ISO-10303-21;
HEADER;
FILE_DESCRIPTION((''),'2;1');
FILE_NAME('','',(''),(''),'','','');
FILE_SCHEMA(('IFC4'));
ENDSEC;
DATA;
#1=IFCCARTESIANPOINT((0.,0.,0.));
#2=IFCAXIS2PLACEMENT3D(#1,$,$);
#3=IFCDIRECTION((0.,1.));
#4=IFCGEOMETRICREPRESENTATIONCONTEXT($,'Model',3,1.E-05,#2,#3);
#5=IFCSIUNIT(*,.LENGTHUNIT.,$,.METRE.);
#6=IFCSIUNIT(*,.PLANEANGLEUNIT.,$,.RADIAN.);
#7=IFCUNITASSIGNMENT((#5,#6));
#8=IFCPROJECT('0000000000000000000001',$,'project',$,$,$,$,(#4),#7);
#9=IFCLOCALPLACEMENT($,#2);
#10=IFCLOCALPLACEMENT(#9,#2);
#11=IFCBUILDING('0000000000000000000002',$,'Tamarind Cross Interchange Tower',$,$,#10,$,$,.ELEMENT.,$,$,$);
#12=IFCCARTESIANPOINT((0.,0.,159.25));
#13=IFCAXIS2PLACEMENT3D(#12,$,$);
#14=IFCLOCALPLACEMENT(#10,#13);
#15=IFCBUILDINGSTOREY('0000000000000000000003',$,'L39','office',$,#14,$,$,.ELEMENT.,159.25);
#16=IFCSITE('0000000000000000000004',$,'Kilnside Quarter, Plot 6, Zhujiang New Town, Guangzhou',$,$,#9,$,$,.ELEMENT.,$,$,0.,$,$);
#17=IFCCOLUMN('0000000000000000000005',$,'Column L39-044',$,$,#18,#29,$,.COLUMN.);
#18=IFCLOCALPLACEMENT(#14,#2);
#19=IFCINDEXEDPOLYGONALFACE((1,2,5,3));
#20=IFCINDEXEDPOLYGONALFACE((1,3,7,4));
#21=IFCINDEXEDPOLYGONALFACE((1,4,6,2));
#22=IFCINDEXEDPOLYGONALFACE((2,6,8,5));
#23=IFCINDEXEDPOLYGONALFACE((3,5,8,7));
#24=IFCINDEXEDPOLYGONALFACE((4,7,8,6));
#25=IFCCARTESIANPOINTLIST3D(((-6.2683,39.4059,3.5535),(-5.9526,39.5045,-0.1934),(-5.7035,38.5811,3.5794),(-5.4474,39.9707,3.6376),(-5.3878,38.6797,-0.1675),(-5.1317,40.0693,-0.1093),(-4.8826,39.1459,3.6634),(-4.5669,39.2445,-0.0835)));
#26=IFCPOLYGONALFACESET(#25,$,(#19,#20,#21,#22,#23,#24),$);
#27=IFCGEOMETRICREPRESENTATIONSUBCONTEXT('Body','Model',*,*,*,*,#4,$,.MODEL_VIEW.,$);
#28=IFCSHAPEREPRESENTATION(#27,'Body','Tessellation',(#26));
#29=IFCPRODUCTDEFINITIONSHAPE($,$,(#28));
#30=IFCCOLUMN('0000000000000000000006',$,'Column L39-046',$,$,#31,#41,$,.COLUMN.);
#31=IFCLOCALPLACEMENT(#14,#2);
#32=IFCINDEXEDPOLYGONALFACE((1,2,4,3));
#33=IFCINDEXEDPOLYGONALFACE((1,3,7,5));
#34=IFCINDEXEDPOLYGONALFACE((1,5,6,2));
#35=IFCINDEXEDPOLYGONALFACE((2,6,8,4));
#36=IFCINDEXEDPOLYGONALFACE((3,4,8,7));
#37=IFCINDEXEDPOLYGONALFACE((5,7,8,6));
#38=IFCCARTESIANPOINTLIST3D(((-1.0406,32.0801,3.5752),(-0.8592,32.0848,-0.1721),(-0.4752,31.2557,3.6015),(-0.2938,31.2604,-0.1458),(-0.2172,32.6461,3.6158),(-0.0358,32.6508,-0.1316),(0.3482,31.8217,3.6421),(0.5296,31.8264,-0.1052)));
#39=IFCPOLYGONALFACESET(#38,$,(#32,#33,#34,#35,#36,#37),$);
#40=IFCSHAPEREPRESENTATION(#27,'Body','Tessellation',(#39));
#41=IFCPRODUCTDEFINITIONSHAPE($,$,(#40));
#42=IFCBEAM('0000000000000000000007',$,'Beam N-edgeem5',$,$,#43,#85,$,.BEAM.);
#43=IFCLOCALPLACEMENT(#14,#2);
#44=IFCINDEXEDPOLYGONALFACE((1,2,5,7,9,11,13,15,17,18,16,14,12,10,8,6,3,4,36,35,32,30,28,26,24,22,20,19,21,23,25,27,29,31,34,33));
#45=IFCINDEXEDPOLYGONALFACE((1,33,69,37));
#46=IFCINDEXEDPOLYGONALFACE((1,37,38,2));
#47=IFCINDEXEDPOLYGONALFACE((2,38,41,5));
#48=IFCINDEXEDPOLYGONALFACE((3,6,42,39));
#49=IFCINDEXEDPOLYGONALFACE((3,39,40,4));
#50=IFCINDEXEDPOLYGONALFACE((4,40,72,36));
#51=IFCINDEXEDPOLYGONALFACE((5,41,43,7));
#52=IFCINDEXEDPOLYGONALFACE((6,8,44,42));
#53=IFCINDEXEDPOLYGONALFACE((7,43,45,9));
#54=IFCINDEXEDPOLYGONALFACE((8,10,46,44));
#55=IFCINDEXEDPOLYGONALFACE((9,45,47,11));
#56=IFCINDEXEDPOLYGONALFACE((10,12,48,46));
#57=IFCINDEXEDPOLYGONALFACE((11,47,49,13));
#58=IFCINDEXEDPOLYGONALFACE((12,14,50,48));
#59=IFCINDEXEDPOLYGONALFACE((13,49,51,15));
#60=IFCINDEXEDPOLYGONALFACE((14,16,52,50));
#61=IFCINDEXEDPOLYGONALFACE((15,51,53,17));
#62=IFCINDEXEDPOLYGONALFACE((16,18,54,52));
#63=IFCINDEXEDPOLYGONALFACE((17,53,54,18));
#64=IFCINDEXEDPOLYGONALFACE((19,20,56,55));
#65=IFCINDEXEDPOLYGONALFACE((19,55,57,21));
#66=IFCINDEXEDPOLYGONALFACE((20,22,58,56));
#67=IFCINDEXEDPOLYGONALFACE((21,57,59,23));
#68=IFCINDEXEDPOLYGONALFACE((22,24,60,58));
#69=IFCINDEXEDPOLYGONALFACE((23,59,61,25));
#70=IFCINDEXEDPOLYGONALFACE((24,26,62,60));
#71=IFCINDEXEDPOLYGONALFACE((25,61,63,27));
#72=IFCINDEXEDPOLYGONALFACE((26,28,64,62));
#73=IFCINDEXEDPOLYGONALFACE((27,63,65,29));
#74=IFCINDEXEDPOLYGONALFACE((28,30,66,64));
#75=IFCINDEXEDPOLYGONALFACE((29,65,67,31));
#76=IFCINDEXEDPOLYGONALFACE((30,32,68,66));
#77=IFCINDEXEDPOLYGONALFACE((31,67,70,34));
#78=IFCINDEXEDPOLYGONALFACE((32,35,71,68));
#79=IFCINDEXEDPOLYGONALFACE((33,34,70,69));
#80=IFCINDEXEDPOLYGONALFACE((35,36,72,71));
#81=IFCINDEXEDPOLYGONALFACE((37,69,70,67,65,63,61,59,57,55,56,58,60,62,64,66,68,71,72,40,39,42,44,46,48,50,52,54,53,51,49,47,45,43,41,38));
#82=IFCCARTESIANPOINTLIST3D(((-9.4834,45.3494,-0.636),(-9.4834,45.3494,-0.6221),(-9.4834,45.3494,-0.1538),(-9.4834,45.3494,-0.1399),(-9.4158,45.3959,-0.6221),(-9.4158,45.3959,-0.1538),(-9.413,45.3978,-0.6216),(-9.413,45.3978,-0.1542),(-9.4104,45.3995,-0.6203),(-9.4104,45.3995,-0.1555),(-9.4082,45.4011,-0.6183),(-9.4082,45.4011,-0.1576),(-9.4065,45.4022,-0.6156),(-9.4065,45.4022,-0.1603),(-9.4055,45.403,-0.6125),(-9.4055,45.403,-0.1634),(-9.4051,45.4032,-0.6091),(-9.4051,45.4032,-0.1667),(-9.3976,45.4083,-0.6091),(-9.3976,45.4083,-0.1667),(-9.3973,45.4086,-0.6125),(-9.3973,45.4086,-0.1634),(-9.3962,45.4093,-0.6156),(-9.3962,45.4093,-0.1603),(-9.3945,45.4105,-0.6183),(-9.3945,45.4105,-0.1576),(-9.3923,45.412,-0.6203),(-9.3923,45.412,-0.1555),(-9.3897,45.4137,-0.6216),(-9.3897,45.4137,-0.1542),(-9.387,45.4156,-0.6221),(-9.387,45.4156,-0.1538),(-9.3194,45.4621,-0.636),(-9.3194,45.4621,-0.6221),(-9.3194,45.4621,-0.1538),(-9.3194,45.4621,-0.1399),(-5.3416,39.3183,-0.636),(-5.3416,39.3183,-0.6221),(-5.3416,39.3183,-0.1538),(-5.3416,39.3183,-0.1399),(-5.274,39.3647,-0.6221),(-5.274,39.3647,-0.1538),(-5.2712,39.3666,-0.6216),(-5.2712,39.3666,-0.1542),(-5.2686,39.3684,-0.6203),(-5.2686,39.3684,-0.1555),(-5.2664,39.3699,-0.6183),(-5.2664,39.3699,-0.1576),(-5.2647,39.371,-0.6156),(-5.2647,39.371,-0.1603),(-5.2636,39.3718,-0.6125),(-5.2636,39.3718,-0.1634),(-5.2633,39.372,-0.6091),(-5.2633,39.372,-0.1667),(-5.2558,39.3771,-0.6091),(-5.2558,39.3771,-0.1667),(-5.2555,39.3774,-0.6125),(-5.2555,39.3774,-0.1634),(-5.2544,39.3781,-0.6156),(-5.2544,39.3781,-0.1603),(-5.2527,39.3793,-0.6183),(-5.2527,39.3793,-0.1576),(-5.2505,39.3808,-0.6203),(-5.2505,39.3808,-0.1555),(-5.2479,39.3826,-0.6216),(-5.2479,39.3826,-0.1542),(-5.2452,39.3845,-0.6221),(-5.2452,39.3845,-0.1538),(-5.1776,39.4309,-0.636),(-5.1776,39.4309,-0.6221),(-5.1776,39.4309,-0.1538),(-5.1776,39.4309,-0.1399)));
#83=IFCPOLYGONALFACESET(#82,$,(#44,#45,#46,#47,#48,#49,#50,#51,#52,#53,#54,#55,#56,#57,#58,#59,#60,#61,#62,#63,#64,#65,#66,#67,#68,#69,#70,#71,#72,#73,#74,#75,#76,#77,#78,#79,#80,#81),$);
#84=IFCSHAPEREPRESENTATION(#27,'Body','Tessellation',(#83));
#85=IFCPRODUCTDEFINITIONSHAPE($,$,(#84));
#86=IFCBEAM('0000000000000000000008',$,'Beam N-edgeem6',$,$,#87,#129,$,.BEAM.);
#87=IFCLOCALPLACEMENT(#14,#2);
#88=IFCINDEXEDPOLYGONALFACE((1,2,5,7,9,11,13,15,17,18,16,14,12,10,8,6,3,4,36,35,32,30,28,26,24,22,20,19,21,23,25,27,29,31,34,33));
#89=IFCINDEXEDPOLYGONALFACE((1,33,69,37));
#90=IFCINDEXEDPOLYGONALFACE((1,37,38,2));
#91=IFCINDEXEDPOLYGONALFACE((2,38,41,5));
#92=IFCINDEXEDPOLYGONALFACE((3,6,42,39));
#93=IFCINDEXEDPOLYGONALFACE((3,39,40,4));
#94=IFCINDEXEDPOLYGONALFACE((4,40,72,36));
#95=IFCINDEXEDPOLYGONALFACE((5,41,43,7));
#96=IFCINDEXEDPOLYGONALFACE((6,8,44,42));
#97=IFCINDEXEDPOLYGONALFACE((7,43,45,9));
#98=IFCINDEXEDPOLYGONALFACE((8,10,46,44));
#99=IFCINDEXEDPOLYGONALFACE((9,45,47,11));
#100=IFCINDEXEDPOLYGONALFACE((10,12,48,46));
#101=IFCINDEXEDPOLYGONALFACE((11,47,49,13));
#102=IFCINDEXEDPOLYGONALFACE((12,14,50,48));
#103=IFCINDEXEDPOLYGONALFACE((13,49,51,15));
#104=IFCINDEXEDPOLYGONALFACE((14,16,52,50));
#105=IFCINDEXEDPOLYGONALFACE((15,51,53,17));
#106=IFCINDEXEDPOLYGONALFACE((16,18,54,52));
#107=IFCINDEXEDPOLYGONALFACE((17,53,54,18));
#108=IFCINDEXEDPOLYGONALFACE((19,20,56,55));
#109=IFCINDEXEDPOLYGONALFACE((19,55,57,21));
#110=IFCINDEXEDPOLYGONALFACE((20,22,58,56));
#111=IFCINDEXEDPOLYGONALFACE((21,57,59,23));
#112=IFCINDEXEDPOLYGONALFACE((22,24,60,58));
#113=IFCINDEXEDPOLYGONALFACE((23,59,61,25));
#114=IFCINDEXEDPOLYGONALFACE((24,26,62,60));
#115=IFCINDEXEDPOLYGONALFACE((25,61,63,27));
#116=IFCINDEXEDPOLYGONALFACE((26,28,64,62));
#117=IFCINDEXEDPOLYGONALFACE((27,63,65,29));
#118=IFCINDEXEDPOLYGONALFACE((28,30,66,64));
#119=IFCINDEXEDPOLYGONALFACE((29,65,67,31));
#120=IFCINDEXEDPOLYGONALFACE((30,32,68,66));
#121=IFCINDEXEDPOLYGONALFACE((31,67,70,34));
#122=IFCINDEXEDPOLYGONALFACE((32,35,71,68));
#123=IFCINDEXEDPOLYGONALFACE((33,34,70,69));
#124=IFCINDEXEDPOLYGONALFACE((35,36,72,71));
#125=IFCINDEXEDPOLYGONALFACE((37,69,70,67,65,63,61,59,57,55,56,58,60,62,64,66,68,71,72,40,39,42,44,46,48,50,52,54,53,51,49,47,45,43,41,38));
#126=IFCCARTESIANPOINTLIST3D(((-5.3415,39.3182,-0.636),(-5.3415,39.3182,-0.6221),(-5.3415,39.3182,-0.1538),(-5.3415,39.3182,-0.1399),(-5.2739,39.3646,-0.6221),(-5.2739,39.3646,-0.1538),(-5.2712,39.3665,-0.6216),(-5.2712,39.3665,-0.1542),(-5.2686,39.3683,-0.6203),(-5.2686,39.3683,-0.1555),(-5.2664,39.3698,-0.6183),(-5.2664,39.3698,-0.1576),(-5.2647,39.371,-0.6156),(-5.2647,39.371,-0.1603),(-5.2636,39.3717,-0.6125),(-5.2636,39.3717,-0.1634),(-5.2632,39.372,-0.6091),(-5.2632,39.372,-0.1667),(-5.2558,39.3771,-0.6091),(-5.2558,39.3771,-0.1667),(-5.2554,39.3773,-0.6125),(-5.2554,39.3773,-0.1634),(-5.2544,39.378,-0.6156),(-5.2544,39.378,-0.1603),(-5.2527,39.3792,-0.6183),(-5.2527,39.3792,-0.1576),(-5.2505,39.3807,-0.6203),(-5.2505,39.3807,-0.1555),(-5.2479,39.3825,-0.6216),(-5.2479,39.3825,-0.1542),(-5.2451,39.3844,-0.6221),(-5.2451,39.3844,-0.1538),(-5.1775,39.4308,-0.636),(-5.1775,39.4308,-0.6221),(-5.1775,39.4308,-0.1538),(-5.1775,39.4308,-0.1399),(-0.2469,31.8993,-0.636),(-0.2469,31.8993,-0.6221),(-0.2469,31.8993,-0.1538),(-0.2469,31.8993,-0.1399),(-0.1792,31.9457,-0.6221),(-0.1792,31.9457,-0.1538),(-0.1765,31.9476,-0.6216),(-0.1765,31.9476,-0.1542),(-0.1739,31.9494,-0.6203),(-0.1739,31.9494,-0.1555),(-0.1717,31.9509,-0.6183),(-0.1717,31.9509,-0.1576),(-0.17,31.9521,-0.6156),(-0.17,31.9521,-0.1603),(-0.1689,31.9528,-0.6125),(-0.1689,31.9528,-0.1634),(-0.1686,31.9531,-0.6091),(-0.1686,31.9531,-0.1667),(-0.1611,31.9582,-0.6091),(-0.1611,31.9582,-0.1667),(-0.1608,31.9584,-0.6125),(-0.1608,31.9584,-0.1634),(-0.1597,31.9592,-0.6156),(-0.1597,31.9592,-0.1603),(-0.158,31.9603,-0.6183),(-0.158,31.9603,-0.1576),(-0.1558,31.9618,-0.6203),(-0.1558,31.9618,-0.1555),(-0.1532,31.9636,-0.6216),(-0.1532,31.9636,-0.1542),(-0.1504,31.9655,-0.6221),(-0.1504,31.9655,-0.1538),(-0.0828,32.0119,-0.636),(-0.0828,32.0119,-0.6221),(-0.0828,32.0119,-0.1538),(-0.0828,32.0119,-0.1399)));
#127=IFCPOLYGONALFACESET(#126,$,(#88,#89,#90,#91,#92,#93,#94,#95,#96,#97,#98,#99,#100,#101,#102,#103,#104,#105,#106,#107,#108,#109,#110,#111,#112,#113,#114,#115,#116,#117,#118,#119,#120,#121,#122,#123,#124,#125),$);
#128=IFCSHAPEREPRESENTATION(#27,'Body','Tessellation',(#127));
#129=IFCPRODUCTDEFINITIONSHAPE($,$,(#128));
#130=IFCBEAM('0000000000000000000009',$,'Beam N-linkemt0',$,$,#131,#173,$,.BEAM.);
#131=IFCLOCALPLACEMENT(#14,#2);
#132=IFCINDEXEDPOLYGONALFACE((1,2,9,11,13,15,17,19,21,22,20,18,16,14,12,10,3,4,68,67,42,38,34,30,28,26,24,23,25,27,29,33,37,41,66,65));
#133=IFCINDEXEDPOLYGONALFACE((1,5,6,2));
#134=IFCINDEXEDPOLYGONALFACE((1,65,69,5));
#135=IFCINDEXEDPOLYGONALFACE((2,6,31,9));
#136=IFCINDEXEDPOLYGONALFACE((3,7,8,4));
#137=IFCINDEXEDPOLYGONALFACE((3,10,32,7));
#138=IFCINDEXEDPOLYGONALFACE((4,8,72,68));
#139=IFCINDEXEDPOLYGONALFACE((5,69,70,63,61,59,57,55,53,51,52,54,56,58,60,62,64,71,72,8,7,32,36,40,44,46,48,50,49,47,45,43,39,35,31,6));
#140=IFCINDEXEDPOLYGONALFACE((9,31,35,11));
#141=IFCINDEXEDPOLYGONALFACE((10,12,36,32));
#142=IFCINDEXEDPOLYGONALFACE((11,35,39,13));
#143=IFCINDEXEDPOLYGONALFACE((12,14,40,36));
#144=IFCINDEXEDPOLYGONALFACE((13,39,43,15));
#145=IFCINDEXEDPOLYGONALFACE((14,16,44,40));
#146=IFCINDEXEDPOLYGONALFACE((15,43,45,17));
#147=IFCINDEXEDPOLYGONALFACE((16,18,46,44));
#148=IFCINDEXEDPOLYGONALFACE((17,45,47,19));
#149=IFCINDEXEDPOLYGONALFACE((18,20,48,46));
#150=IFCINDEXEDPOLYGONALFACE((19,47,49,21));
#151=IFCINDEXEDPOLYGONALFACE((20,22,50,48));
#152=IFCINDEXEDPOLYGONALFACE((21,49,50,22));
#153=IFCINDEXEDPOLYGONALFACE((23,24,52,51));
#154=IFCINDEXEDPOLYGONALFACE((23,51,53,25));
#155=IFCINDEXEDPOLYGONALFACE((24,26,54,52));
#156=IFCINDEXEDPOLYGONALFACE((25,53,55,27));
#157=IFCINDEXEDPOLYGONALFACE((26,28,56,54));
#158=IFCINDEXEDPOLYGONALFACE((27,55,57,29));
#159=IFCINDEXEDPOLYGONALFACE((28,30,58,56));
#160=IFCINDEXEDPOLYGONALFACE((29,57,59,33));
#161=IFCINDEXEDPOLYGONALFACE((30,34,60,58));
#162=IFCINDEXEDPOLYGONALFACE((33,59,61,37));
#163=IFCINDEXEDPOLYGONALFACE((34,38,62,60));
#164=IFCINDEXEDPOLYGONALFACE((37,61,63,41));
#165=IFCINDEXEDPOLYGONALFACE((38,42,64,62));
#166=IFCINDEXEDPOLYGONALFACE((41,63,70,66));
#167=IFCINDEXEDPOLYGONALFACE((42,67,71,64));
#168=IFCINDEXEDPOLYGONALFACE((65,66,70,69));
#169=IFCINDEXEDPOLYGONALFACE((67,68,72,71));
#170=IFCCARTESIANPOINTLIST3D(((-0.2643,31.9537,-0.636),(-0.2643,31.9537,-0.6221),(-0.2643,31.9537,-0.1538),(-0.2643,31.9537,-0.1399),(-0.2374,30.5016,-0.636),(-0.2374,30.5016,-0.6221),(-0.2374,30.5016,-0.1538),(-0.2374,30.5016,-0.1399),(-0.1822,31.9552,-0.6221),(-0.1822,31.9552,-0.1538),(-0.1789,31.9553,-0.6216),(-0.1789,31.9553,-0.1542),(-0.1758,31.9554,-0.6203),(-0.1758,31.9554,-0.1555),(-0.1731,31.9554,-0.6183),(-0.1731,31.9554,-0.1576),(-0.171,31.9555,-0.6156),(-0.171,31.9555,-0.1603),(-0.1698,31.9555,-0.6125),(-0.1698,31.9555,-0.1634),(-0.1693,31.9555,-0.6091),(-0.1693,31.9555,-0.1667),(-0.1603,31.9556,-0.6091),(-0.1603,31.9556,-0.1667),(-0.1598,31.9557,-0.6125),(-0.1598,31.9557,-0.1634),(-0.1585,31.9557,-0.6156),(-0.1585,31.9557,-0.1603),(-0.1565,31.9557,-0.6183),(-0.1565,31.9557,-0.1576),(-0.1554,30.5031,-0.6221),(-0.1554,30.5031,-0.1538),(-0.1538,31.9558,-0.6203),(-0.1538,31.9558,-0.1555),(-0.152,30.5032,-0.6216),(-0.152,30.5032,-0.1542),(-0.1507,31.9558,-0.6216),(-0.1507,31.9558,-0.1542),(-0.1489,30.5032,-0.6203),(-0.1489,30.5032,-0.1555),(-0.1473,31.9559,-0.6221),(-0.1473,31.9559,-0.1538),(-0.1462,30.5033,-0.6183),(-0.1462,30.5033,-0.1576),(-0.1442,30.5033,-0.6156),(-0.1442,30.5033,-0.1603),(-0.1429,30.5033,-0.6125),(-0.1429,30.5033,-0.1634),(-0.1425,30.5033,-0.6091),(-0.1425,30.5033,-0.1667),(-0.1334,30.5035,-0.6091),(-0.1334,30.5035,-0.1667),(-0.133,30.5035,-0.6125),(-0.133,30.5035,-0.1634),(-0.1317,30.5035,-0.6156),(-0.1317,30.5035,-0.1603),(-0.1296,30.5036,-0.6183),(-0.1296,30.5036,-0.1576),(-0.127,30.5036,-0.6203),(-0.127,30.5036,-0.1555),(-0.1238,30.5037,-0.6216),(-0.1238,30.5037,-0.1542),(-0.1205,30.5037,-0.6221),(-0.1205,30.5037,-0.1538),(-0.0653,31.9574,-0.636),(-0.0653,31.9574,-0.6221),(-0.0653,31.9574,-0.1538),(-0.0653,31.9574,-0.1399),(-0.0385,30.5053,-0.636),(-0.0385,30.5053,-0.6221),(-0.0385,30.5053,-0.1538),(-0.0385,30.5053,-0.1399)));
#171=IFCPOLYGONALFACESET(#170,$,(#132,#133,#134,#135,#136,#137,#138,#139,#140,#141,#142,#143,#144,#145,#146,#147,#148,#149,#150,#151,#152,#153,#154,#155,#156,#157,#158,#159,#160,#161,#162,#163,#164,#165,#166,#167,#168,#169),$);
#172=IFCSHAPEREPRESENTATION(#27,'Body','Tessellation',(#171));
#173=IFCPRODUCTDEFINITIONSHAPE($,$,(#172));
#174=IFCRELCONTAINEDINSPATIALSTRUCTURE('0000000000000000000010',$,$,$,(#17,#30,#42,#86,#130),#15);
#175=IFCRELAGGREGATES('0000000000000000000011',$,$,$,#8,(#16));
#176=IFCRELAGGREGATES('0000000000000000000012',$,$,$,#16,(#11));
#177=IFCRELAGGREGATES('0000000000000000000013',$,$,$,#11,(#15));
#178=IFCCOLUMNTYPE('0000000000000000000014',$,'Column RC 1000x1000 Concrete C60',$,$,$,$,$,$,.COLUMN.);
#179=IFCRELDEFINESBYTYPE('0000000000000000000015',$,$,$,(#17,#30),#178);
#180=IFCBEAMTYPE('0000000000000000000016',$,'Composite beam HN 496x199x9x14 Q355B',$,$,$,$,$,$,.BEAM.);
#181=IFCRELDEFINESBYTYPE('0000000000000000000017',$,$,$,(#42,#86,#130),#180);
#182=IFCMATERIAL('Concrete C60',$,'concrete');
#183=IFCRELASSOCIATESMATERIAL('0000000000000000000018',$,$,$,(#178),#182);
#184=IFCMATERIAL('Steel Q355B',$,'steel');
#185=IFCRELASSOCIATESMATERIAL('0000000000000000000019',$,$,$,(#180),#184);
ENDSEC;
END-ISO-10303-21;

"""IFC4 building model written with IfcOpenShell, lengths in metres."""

from ifc_helpers import new_model, si_unit, direction, frame, origin, origin_2d, place, context, subcontext, project, spatial, rectangle, i_section, extrude, material, material_profile, profile_set, type_object, element, save


model = new_model("IFC4")

# Units and contexts
model_context = context("Model", 3, precision=1e-05, world=origin(), true_north=direction((0.0, 1.0)))
body_context = subcontext(model_context, "Body", "Model", "MODEL_VIEW")
ifc_project = project(units=[si_unit("LENGTHUNIT", "METRE"), si_unit("PLANEANGLEUNIT", "RADIAN")], contexts=[model_context])

# Site, building, storey
site_placement = place(None, origin())
site = spatial("IfcSite", under=ifc_project, at=site_placement, Name="Kilnside Quarter, Plot 6, Zhujiang New Town, Guangzhou", CompositionType="ELEMENT", RefElevation=0.0)
building_placement = place(site_placement, origin())
building = spatial("IfcBuilding", under=site, at=building_placement, Name="Tamarind Cross Interchange Tower", CompositionType="ELEMENT")
storey_placement = place(building_placement, frame((0.0, 0.0, 159.25)))
storey = spatial("IfcBuildingStorey", under=building, at=storey_placement, Name="L39", Description="office", CompositionType="ELEMENT", Elevation=159.25)

# Columns
ifc_material_1 = material(Name="Concrete C60", Category="concrete")
ifc_material_profile_1 = material_profile(ifc_material_1, rectangle(XDim=1.0, YDim=1.0, at=origin_2d()), Name="RC 1000x1000")
ifc_profile_set_1 = profile_set([ifc_material_profile_1], Name="Concrete C60")
column_type = type_object("IfcColumnType", Name="Column RC 1000x1000 Concrete C60", PredefinedType="COLUMN", material=ifc_profile_set_1)
column_1_placement = place(storey_placement, frame((-5.2598, 39.3745, -0.1384), z_axis=(-0.083925, -0.026222, 0.996127), x_axis=(0.564823, -0.824806, 0.025874)))
element("IfcColumn", 1, at=column_1_placement, inside=storey, type_object=column_type, Name="Column L39-044", PredefinedType="COLUMN", context=body_context, shape_type="SweptSolid", body=[
    extrude(rectangle(XDim=1.0, YDim=1.0, at=origin_2d()), origin(), (0.0, 0.0, 1.0), 3.7615),
])
column_2_placement = place(storey_placement, frame((-0.1648, 31.9556, -0.1387), z_axis=(-0.04835, -0.001236, 0.99883), x_axis=(0.565379, -0.82441, 0.026348)))
element("IfcColumn", 2, at=column_2_placement, inside=storey, type_object=column_type, Name="Column L39-046", PredefinedType="COLUMN", context=body_context, shape_type="SweptSolid", body=[
    extrude(rectangle(XDim=1.0, YDim=1.0, at=origin_2d()), origin(), (0.0, 0.0, 1.0), 3.7517),
])

# Beams
ifc_material_2 = material(Name="Steel Q355B", Category="steel")
ifc_material_profile_2 = material_profile(ifc_material_2, i_section(OverallWidth=0.199, OverallDepth=0.4961, WebThickness=0.009, FlangeThickness=0.0139, FilletRadius=0.0129, at=origin_2d()), Name="HN 496x199x9x14")
ifc_profile_set_2 = profile_set([ifc_material_profile_2], Name="Steel Q355B")
beam_type_1 = type_object("IfcBeamType", Name="Composite beam HN 496x199x9x14 Q355B", PredefinedType="BEAM", material=ifc_profile_set_2)
beam_1_placement = place(storey_placement, frame((-9.4014, 45.4058, -0.3879), z_axis=(0.566098, -0.824338, 0.0), x_axis=(0.824338, 0.566098, 0.0)))
element("IfcBeam", 3, at=beam_1_placement, inside=storey, type_object=beam_type_1, Name="Beam N-edgeem5", PredefinedType="BEAM", context=body_context, shape_type="SweptSolid", body=[
    extrude(i_section(OverallWidth=0.199, OverallDepth=0.4961, WebThickness=0.009, FlangeThickness=0.0139, FilletRadius=0.0129, at=origin_2d()), origin(), (0.0, 0.0, 1.0), 7.3164),
])
beam_2_placement = place(storey_placement, frame((-5.2595, 39.3745, -0.3879), z_axis=(0.566091, -0.824343, 0.0), x_axis=(0.824343, 0.566091, 0.0)))
element("IfcBeam", 4, at=beam_2_placement, inside=storey, type_object=beam_type_1, Name="Beam N-edgeem6", PredefinedType="BEAM", context=body_context, shape_type="SweptSolid", body=[
    extrude(i_section(OverallWidth=0.199, OverallDepth=0.4961, WebThickness=0.009, FlangeThickness=0.0139, FilletRadius=0.0129, at=origin_2d()), origin(), (0.0, 0.0, 1.0), 8.9998),
])
beam_3_placement = place(storey_placement, frame((-0.1648, 31.9556, -0.3879), z_axis=(0.01849, -0.999829, 0.0), x_axis=(0.999829, 0.01849, 0.0)))
element("IfcBeam", 5, at=beam_3_placement, inside=storey, type_object=beam_type_1, Name="Beam N-linkemt0", PredefinedType="BEAM", context=body_context, shape_type="SweptSolid", body=[
    extrude(i_section(OverallWidth=0.199, OverallDepth=0.4961, WebThickness=0.009, FlangeThickness=0.0139, FilletRadius=0.0129, at=origin_2d()), origin(), (0.0, 0.0, 1.0), 1.4524),
])

save(model, "model.ifc")
